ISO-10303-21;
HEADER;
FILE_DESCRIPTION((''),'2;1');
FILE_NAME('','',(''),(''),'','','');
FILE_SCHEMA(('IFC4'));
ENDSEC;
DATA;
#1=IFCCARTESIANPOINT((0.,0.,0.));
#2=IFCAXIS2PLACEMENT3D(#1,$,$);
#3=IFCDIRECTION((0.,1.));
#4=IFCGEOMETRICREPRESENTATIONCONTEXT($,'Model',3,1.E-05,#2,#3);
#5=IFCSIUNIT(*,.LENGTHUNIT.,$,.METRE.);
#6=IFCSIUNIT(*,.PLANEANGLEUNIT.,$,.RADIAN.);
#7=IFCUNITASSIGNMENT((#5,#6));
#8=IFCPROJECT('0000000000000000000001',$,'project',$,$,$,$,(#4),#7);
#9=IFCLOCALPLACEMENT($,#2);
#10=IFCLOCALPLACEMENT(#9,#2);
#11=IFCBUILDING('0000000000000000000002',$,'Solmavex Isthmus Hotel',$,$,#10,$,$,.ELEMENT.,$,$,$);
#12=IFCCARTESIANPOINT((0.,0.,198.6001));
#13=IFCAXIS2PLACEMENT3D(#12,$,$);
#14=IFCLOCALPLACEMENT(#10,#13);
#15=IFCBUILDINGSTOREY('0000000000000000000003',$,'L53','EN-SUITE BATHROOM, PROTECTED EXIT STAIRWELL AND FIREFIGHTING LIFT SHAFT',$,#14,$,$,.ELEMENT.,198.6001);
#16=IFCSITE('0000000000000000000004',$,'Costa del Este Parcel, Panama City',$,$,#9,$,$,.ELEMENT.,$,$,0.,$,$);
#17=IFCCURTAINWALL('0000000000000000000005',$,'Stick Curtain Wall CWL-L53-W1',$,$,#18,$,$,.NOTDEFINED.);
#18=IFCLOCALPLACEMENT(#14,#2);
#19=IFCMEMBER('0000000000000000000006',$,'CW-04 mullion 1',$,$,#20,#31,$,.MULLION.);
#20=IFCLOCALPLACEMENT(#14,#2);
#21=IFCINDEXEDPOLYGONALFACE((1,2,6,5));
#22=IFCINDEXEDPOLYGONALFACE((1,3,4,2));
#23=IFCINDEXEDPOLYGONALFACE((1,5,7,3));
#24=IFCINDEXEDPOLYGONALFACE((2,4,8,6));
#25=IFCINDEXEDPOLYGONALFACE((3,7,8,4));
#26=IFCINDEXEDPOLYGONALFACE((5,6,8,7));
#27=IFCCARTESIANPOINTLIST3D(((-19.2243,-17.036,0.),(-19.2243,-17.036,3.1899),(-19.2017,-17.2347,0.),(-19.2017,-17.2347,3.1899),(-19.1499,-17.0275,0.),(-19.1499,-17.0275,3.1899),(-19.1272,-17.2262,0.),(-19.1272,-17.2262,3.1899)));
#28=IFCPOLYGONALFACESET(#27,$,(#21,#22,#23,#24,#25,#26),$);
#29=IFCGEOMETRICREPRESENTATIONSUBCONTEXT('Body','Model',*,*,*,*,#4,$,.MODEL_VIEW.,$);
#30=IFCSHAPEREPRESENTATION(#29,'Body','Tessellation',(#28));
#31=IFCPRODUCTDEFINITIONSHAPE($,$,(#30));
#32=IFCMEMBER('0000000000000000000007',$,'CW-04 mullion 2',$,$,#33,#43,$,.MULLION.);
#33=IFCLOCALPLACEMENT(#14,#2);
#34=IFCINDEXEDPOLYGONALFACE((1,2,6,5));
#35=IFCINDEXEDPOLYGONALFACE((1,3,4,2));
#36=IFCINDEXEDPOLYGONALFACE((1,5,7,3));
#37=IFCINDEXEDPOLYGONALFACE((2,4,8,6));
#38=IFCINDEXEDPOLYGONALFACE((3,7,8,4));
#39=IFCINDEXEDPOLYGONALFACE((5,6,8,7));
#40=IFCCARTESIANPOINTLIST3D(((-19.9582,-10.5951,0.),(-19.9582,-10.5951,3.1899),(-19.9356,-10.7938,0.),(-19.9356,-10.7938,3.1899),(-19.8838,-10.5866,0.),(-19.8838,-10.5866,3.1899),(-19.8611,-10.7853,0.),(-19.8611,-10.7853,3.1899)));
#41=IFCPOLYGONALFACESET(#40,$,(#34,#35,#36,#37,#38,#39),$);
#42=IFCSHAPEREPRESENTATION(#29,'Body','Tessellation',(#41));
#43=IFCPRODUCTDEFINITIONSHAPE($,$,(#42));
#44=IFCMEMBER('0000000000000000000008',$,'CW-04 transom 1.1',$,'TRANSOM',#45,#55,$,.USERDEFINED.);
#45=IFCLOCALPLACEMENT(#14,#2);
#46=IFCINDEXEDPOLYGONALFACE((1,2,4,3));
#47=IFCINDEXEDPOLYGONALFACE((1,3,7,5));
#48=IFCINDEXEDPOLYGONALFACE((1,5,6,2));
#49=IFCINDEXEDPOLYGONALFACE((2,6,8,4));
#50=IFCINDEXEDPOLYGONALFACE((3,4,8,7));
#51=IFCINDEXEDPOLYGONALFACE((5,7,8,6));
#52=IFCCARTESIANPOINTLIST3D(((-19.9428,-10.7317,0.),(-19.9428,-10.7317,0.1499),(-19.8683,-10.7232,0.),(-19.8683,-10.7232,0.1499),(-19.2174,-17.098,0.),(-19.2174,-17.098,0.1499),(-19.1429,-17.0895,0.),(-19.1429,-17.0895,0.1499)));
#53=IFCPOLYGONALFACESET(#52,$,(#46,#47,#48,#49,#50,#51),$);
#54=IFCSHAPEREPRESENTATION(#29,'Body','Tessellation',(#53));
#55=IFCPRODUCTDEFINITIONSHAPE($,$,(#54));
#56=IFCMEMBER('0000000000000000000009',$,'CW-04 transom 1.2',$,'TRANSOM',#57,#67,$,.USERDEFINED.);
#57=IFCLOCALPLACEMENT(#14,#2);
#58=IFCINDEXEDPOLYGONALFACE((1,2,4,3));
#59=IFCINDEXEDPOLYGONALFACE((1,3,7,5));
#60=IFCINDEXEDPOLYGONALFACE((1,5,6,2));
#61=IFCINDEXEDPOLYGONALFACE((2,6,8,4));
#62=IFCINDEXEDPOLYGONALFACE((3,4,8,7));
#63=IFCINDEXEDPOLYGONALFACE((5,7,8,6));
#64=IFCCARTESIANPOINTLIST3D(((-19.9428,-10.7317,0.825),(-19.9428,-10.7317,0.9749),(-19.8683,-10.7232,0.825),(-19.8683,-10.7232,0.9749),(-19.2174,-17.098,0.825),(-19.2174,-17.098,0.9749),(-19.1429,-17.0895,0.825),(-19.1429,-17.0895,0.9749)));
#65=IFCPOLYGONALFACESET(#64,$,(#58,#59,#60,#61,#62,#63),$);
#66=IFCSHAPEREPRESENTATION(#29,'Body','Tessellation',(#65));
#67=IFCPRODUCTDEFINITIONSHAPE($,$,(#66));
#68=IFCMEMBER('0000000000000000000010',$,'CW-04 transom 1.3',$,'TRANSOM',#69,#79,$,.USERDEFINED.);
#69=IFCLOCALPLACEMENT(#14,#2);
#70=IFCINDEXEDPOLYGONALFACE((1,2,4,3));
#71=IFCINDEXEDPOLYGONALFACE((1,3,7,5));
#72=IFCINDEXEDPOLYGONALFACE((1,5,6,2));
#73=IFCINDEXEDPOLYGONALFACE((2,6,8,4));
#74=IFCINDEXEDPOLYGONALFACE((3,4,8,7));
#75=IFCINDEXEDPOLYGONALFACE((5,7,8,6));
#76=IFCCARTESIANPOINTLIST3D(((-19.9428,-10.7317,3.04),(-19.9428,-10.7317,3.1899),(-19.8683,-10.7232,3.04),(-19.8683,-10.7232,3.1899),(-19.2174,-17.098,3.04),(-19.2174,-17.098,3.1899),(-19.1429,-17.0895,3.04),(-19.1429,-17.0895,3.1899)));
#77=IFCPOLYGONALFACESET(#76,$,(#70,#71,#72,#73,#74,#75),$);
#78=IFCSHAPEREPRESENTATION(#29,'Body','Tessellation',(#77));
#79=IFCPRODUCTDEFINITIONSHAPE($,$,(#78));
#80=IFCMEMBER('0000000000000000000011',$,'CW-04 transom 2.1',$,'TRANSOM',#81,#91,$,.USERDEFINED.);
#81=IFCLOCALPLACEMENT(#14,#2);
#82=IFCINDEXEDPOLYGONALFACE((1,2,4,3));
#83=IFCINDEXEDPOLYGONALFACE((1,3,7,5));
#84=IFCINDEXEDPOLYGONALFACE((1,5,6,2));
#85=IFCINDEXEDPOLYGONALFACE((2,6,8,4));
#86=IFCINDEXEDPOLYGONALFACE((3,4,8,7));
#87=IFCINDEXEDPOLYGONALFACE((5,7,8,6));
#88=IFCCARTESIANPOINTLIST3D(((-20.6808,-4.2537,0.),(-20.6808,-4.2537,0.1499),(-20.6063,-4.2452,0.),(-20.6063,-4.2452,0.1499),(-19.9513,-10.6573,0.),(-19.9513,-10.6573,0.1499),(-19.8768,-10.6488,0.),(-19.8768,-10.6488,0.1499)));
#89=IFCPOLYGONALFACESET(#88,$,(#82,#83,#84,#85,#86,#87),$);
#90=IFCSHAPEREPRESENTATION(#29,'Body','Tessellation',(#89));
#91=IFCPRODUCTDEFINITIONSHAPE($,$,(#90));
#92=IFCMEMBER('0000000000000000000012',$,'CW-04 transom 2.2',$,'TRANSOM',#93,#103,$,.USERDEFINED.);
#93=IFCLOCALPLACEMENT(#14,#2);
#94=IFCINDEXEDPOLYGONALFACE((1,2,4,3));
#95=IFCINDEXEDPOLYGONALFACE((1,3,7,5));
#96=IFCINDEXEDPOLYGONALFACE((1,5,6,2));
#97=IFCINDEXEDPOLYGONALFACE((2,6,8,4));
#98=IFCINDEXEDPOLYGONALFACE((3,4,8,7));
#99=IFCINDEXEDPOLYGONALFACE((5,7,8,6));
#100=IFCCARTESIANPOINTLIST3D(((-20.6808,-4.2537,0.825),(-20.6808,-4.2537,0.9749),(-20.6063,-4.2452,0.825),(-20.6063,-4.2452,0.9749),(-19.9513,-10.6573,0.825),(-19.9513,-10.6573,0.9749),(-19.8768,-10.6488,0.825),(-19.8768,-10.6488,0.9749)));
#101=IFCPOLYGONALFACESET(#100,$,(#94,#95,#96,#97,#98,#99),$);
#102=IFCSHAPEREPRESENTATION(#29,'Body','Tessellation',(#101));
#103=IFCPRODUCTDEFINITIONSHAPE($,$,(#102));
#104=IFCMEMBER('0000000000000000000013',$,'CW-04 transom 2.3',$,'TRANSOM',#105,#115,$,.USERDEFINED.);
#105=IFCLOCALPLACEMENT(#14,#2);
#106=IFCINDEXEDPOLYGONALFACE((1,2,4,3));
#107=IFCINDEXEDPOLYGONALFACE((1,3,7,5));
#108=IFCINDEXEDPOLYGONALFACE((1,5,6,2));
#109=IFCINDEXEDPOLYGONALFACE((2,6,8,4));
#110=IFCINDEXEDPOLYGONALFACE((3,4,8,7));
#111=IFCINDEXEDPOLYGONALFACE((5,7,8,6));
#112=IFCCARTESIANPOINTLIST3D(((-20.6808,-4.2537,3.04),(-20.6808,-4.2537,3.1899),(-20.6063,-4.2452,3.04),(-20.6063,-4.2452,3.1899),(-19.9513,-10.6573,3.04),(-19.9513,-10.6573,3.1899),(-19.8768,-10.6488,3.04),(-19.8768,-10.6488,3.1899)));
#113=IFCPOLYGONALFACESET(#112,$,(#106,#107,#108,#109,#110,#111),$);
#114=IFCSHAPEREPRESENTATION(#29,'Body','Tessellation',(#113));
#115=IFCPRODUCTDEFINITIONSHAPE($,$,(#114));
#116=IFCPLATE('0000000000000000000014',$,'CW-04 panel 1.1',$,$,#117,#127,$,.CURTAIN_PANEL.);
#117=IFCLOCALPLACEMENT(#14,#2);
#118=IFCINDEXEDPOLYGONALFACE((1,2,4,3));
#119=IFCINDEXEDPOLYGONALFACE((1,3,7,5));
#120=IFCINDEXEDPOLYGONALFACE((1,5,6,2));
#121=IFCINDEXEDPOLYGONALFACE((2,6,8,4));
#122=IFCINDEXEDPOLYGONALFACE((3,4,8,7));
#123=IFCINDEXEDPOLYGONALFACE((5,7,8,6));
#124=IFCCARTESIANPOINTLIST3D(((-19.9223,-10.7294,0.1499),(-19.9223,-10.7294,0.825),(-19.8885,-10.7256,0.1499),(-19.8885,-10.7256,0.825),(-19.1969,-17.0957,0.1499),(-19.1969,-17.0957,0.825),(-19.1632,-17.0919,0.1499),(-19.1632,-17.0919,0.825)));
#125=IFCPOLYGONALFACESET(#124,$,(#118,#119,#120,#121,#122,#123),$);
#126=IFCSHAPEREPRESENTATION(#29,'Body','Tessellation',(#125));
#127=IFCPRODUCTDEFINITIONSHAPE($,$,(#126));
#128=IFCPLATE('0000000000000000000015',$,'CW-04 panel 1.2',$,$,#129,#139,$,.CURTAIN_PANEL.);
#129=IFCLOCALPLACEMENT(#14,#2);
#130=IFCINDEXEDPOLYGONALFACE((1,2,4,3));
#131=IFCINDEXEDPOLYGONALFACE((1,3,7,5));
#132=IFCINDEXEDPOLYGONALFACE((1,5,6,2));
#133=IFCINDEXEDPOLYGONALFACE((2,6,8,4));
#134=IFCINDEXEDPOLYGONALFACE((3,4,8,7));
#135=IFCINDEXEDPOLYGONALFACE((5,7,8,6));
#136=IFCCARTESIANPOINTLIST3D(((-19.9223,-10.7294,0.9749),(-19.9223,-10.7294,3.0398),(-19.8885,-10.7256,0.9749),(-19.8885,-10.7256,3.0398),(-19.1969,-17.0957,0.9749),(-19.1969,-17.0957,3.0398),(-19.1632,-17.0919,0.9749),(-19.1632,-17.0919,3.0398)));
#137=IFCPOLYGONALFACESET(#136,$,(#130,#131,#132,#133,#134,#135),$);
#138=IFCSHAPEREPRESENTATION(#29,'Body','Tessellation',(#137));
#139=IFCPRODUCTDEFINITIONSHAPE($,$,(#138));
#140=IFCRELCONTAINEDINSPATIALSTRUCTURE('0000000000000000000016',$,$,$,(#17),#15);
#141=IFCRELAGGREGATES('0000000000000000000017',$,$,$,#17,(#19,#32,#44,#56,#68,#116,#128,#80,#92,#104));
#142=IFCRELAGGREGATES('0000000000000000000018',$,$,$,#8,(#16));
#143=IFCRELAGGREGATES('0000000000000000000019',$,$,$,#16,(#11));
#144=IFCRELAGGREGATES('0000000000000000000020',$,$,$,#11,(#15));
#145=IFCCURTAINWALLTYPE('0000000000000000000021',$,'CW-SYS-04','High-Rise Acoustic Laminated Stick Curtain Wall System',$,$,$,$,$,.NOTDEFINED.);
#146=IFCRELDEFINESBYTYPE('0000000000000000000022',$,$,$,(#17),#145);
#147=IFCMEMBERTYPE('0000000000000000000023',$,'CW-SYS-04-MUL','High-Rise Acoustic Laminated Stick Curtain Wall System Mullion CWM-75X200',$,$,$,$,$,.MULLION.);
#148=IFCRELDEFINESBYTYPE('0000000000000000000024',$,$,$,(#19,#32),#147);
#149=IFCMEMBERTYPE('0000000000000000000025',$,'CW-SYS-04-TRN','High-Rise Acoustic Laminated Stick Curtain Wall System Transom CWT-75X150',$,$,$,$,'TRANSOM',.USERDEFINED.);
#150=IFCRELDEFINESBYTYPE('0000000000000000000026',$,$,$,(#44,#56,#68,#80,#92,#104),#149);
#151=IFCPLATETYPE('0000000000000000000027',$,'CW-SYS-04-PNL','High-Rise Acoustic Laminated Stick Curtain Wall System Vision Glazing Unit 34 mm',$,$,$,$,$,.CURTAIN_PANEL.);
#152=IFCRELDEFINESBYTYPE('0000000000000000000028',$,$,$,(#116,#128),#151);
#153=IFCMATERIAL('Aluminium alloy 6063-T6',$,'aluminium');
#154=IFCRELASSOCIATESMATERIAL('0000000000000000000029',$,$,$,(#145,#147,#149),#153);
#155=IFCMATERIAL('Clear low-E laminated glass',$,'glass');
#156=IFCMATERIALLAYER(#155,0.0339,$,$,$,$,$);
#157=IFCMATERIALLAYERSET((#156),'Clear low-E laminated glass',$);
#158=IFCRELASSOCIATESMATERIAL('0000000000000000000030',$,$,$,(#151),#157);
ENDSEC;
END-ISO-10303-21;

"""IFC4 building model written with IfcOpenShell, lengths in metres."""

from ifc_helpers import new_model, si_unit, direction, frame, origin, origin_2d, place, context, subcontext, project, spatial, rectangle, extrude, material, layer, layer_set, material_profile, profile_set, type_object, element, aggregate, save


model = new_model("IFC4")

# Units and contexts
model_context = context("Model", 3, precision=1e-05, world=origin(), true_north=direction((0.0, 1.0)))
body_context = subcontext(model_context, "Body", "Model", "MODEL_VIEW")
ifc_project = project(units=[si_unit("LENGTHUNIT", "METRE"), si_unit("PLANEANGLEUNIT", "RADIAN")], contexts=[model_context])

# Site, building, storey
site_placement = place(None, origin())
site = spatial("IfcSite", under=ifc_project, at=site_placement, Name="Costa del Este Parcel, Panama City", CompositionType="ELEMENT", RefElevation=0.0)
building_placement = place(site_placement, origin())
building = spatial("IfcBuilding", under=site, at=building_placement, Name="Solmavex Isthmus Hotel", CompositionType="ELEMENT")
storey_placement = place(building_placement, frame((0.0, 0.0, 198.6001)))
storey = spatial("IfcBuildingStorey", under=building, at=storey_placement, Name="L53", Description="EN-SUITE BATHROOM, PROTECTED EXIT STAIRWELL AND FIREFIGHTING LIFT SHAFT", CompositionType="ELEMENT", Elevation=198.6001)

# Curtain wall, members, plates
ifc_material_1 = material(Name="Aluminium alloy 6063-T6", Category="aluminium")
curtain_wall_type = type_object("IfcCurtainWallType", Name="CW-SYS-04", Description="High-Rise Acoustic Laminated Stick Curtain Wall System", PredefinedType="NOTDEFINED", material=ifc_material_1)
curtain_wall_placement = place(storey_placement, origin())
curtain_wall = element("IfcCurtainWall", 1, at=curtain_wall_placement, inside=storey, type_object=curtain_wall_type, Name="Stick Curtain Wall CWL-L53-W1", PredefinedType="NOTDEFINED")
ifc_material_profile_1 = material_profile(ifc_material_1, rectangle(XDim=0.075, YDim=0.2, at=origin_2d()), Name="CWM-75X200")
ifc_profile_set_1 = profile_set([ifc_material_profile_1], Name="Aluminium alloy 6063-T6")
member_type_1 = type_object("IfcMemberType", Name="CW-SYS-04-MUL", Description="High-Rise Acoustic Laminated Stick Curtain Wall System Mullion CWM-75X200", PredefinedType="MULLION", material=ifc_profile_set_1)
member_1_placement = place(storey_placement, frame((-19.1758, -17.1311, 0.0), z_axis=(0.0, 0.0, 1.0), x_axis=(-0.993572, -0.113203, 0.0)))
member_1 = element("IfcMember", 2, at=member_1_placement, type_object=member_type_1, Name="CW-04 mullion 1", PredefinedType="MULLION", context=body_context, shape_type="SweptSolid", body=[
    extrude(rectangle(XDim=0.075, YDim=0.2, at=origin_2d()), origin(), (0.0, 0.0, 1.0), 3.1899),
])
member_2_placement = place(storey_placement, frame((-19.9097, -10.6902, 0.0), z_axis=(0.0, 0.0, 1.0), x_axis=(-0.993572, -0.113203, 0.0)))
member_2 = element("IfcMember", 3, at=member_2_placement, type_object=member_type_1, Name="CW-04 mullion 2", PredefinedType="MULLION", context=body_context, shape_type="SweptSolid", body=[
    extrude(rectangle(XDim=0.075, YDim=0.2, at=origin_2d()), origin(), (0.0, 0.0, 1.0), 3.1899),
])
ifc_material_profile_2 = material_profile(ifc_material_1, rectangle(XDim=0.075, YDim=0.1499, at=origin_2d()), Name="CWT-75X150")
ifc_profile_set_2 = profile_set([ifc_material_profile_2], Name="Aluminium alloy 6063-T6")
member_type_2 = type_object("IfcMemberType", Name="CW-SYS-04-TRN", Description="High-Rise Acoustic Laminated Stick Curtain Wall System Transom CWT-75X150", ElementType="TRANSOM", PredefinedType="USERDEFINED", material=ifc_profile_set_2)
member_3_placement = place(storey_placement, frame((-19.1802, -17.0938, 0.075), z_axis=(-0.113204, 0.993572, 0.0), x_axis=(-0.993572, -0.113204, 0.0)))
member_3 = element("IfcMember", 4, at=member_3_placement, type_object=member_type_2, Name="CW-04 transom 1.1", ObjectType="TRANSOM", PredefinedType="USERDEFINED", context=body_context, shape_type="SweptSolid", body=[
    extrude(rectangle(XDim=0.075, YDim=0.1499, at=origin_2d()), origin(), (0.0, 0.0, 1.0), 6.4075),
])
member_4_placement = place(storey_placement, frame((-19.1802, -17.0938, 0.8999), z_axis=(-0.113204, 0.993572, 0.0), x_axis=(-0.993572, -0.113204, 0.0)))
member_4 = element("IfcMember", 5, at=member_4_placement, type_object=member_type_2, Name="CW-04 transom 1.2", ObjectType="TRANSOM", PredefinedType="USERDEFINED", context=body_context, shape_type="SweptSolid", body=[
    extrude(rectangle(XDim=0.075, YDim=0.1499, at=origin_2d()), origin(), (0.0, 0.0, 1.0), 6.4075),
])
member_5_placement = place(storey_placement, frame((-19.1802, -17.0938, 3.115), z_axis=(-0.113204, 0.993572, 0.0), x_axis=(-0.993572, -0.113204, 0.0)))
member_5 = element("IfcMember", 6, at=member_5_placement, type_object=member_type_2, Name="CW-04 transom 1.3", ObjectType="TRANSOM", PredefinedType="USERDEFINED", context=body_context, shape_type="SweptSolid", body=[
    extrude(rectangle(XDim=0.075, YDim=0.1499, at=origin_2d()), origin(), (0.0, 0.0, 1.0), 6.4075),
])
member_6_placement = place(storey_placement, frame((-19.9141, -10.6531, 0.075), z_axis=(-0.113188, 0.993574, 0.0), x_axis=(-0.993574, -0.113188, 0.0)))
member_6 = element("IfcMember", 7, at=member_6_placement, type_object=member_type_2, Name="CW-04 transom 2.1", ObjectType="TRANSOM", PredefinedType="USERDEFINED", context=body_context, shape_type="SweptSolid", body=[
    extrude(rectangle(XDim=0.075, YDim=0.1499, at=origin_2d()), origin(), (0.0, 0.0, 1.0), 6.4451),
])
member_7_placement = place(storey_placement, frame((-19.9141, -10.6531, 0.8999), z_axis=(-0.113188, 0.993574, 0.0), x_axis=(-0.993574, -0.113188, 0.0)))
member_7 = element("IfcMember", 8, at=member_7_placement, type_object=member_type_2, Name="CW-04 transom 2.2", ObjectType="TRANSOM", PredefinedType="USERDEFINED", context=body_context, shape_type="SweptSolid", body=[
    extrude(rectangle(XDim=0.075, YDim=0.1499, at=origin_2d()), origin(), (0.0, 0.0, 1.0), 6.4451),
])
member_8_placement = place(storey_placement, frame((-19.9141, -10.6531, 3.115), z_axis=(-0.113188, 0.993574, 0.0), x_axis=(-0.993574, -0.113188, 0.0)))
member_8 = element("IfcMember", 9, at=member_8_placement, type_object=member_type_2, Name="CW-04 transom 2.3", ObjectType="TRANSOM", PredefinedType="USERDEFINED", context=body_context, shape_type="SweptSolid", body=[
    extrude(rectangle(XDim=0.075, YDim=0.1499, at=origin_2d()), origin(), (0.0, 0.0, 1.0), 6.4451),
])
ifc_material_2 = material(Name="Clear low-E laminated glass", Category="glass")
ifc_layer_1 = layer(ifc_material_2, 0.0339)
ifc_layer_set_1 = layer_set([ifc_layer_1], Name="Clear low-E laminated glass")
plate_type = type_object("IfcPlateType", Name="CW-SYS-04-PNL", Description="High-Rise Acoustic Laminated Stick Curtain Wall System Vision Glazing Unit 34 mm", PredefinedType="CURTAIN_PANEL", material=ifc_layer_set_1)
plate_1_placement = place(storey_placement, frame((-19.5427, -13.9106, 0.1499), z_axis=(0.0, 0.0, 1.0), x_axis=(-0.113203, 0.993572, 0.0)))
plate_1 = element("IfcPlate", 10, at=plate_1_placement, type_object=plate_type, Name="CW-04 panel 1.1", PredefinedType="CURTAIN_PANEL", context=body_context, shape_type="SweptSolid", body=[
    extrude(rectangle(XDim=6.4075, YDim=0.0339, at=origin_2d()), origin(), (0.0, 0.0, 1.0), 0.675),
])
plate_2_placement = place(storey_placement, frame((-19.5427, -13.9106, 0.9749), z_axis=(0.0, 0.0, 1.0), x_axis=(-0.113203, 0.993572, 0.0)))
plate_2 = element("IfcPlate", 11, at=plate_2_placement, type_object=plate_type, Name="CW-04 panel 1.2", PredefinedType="CURTAIN_PANEL", context=body_context, shape_type="SweptSolid", body=[
    extrude(rectangle(XDim=6.4075, YDim=0.0339, at=origin_2d()), origin(), (0.0, 0.0, 1.0), 2.0649),
])
aggregate(curtain_wall, [member_1, member_2, member_3, member_4, member_5, plate_1, plate_2, member_6, member_7, member_8])

save(model, "model.ifc")
